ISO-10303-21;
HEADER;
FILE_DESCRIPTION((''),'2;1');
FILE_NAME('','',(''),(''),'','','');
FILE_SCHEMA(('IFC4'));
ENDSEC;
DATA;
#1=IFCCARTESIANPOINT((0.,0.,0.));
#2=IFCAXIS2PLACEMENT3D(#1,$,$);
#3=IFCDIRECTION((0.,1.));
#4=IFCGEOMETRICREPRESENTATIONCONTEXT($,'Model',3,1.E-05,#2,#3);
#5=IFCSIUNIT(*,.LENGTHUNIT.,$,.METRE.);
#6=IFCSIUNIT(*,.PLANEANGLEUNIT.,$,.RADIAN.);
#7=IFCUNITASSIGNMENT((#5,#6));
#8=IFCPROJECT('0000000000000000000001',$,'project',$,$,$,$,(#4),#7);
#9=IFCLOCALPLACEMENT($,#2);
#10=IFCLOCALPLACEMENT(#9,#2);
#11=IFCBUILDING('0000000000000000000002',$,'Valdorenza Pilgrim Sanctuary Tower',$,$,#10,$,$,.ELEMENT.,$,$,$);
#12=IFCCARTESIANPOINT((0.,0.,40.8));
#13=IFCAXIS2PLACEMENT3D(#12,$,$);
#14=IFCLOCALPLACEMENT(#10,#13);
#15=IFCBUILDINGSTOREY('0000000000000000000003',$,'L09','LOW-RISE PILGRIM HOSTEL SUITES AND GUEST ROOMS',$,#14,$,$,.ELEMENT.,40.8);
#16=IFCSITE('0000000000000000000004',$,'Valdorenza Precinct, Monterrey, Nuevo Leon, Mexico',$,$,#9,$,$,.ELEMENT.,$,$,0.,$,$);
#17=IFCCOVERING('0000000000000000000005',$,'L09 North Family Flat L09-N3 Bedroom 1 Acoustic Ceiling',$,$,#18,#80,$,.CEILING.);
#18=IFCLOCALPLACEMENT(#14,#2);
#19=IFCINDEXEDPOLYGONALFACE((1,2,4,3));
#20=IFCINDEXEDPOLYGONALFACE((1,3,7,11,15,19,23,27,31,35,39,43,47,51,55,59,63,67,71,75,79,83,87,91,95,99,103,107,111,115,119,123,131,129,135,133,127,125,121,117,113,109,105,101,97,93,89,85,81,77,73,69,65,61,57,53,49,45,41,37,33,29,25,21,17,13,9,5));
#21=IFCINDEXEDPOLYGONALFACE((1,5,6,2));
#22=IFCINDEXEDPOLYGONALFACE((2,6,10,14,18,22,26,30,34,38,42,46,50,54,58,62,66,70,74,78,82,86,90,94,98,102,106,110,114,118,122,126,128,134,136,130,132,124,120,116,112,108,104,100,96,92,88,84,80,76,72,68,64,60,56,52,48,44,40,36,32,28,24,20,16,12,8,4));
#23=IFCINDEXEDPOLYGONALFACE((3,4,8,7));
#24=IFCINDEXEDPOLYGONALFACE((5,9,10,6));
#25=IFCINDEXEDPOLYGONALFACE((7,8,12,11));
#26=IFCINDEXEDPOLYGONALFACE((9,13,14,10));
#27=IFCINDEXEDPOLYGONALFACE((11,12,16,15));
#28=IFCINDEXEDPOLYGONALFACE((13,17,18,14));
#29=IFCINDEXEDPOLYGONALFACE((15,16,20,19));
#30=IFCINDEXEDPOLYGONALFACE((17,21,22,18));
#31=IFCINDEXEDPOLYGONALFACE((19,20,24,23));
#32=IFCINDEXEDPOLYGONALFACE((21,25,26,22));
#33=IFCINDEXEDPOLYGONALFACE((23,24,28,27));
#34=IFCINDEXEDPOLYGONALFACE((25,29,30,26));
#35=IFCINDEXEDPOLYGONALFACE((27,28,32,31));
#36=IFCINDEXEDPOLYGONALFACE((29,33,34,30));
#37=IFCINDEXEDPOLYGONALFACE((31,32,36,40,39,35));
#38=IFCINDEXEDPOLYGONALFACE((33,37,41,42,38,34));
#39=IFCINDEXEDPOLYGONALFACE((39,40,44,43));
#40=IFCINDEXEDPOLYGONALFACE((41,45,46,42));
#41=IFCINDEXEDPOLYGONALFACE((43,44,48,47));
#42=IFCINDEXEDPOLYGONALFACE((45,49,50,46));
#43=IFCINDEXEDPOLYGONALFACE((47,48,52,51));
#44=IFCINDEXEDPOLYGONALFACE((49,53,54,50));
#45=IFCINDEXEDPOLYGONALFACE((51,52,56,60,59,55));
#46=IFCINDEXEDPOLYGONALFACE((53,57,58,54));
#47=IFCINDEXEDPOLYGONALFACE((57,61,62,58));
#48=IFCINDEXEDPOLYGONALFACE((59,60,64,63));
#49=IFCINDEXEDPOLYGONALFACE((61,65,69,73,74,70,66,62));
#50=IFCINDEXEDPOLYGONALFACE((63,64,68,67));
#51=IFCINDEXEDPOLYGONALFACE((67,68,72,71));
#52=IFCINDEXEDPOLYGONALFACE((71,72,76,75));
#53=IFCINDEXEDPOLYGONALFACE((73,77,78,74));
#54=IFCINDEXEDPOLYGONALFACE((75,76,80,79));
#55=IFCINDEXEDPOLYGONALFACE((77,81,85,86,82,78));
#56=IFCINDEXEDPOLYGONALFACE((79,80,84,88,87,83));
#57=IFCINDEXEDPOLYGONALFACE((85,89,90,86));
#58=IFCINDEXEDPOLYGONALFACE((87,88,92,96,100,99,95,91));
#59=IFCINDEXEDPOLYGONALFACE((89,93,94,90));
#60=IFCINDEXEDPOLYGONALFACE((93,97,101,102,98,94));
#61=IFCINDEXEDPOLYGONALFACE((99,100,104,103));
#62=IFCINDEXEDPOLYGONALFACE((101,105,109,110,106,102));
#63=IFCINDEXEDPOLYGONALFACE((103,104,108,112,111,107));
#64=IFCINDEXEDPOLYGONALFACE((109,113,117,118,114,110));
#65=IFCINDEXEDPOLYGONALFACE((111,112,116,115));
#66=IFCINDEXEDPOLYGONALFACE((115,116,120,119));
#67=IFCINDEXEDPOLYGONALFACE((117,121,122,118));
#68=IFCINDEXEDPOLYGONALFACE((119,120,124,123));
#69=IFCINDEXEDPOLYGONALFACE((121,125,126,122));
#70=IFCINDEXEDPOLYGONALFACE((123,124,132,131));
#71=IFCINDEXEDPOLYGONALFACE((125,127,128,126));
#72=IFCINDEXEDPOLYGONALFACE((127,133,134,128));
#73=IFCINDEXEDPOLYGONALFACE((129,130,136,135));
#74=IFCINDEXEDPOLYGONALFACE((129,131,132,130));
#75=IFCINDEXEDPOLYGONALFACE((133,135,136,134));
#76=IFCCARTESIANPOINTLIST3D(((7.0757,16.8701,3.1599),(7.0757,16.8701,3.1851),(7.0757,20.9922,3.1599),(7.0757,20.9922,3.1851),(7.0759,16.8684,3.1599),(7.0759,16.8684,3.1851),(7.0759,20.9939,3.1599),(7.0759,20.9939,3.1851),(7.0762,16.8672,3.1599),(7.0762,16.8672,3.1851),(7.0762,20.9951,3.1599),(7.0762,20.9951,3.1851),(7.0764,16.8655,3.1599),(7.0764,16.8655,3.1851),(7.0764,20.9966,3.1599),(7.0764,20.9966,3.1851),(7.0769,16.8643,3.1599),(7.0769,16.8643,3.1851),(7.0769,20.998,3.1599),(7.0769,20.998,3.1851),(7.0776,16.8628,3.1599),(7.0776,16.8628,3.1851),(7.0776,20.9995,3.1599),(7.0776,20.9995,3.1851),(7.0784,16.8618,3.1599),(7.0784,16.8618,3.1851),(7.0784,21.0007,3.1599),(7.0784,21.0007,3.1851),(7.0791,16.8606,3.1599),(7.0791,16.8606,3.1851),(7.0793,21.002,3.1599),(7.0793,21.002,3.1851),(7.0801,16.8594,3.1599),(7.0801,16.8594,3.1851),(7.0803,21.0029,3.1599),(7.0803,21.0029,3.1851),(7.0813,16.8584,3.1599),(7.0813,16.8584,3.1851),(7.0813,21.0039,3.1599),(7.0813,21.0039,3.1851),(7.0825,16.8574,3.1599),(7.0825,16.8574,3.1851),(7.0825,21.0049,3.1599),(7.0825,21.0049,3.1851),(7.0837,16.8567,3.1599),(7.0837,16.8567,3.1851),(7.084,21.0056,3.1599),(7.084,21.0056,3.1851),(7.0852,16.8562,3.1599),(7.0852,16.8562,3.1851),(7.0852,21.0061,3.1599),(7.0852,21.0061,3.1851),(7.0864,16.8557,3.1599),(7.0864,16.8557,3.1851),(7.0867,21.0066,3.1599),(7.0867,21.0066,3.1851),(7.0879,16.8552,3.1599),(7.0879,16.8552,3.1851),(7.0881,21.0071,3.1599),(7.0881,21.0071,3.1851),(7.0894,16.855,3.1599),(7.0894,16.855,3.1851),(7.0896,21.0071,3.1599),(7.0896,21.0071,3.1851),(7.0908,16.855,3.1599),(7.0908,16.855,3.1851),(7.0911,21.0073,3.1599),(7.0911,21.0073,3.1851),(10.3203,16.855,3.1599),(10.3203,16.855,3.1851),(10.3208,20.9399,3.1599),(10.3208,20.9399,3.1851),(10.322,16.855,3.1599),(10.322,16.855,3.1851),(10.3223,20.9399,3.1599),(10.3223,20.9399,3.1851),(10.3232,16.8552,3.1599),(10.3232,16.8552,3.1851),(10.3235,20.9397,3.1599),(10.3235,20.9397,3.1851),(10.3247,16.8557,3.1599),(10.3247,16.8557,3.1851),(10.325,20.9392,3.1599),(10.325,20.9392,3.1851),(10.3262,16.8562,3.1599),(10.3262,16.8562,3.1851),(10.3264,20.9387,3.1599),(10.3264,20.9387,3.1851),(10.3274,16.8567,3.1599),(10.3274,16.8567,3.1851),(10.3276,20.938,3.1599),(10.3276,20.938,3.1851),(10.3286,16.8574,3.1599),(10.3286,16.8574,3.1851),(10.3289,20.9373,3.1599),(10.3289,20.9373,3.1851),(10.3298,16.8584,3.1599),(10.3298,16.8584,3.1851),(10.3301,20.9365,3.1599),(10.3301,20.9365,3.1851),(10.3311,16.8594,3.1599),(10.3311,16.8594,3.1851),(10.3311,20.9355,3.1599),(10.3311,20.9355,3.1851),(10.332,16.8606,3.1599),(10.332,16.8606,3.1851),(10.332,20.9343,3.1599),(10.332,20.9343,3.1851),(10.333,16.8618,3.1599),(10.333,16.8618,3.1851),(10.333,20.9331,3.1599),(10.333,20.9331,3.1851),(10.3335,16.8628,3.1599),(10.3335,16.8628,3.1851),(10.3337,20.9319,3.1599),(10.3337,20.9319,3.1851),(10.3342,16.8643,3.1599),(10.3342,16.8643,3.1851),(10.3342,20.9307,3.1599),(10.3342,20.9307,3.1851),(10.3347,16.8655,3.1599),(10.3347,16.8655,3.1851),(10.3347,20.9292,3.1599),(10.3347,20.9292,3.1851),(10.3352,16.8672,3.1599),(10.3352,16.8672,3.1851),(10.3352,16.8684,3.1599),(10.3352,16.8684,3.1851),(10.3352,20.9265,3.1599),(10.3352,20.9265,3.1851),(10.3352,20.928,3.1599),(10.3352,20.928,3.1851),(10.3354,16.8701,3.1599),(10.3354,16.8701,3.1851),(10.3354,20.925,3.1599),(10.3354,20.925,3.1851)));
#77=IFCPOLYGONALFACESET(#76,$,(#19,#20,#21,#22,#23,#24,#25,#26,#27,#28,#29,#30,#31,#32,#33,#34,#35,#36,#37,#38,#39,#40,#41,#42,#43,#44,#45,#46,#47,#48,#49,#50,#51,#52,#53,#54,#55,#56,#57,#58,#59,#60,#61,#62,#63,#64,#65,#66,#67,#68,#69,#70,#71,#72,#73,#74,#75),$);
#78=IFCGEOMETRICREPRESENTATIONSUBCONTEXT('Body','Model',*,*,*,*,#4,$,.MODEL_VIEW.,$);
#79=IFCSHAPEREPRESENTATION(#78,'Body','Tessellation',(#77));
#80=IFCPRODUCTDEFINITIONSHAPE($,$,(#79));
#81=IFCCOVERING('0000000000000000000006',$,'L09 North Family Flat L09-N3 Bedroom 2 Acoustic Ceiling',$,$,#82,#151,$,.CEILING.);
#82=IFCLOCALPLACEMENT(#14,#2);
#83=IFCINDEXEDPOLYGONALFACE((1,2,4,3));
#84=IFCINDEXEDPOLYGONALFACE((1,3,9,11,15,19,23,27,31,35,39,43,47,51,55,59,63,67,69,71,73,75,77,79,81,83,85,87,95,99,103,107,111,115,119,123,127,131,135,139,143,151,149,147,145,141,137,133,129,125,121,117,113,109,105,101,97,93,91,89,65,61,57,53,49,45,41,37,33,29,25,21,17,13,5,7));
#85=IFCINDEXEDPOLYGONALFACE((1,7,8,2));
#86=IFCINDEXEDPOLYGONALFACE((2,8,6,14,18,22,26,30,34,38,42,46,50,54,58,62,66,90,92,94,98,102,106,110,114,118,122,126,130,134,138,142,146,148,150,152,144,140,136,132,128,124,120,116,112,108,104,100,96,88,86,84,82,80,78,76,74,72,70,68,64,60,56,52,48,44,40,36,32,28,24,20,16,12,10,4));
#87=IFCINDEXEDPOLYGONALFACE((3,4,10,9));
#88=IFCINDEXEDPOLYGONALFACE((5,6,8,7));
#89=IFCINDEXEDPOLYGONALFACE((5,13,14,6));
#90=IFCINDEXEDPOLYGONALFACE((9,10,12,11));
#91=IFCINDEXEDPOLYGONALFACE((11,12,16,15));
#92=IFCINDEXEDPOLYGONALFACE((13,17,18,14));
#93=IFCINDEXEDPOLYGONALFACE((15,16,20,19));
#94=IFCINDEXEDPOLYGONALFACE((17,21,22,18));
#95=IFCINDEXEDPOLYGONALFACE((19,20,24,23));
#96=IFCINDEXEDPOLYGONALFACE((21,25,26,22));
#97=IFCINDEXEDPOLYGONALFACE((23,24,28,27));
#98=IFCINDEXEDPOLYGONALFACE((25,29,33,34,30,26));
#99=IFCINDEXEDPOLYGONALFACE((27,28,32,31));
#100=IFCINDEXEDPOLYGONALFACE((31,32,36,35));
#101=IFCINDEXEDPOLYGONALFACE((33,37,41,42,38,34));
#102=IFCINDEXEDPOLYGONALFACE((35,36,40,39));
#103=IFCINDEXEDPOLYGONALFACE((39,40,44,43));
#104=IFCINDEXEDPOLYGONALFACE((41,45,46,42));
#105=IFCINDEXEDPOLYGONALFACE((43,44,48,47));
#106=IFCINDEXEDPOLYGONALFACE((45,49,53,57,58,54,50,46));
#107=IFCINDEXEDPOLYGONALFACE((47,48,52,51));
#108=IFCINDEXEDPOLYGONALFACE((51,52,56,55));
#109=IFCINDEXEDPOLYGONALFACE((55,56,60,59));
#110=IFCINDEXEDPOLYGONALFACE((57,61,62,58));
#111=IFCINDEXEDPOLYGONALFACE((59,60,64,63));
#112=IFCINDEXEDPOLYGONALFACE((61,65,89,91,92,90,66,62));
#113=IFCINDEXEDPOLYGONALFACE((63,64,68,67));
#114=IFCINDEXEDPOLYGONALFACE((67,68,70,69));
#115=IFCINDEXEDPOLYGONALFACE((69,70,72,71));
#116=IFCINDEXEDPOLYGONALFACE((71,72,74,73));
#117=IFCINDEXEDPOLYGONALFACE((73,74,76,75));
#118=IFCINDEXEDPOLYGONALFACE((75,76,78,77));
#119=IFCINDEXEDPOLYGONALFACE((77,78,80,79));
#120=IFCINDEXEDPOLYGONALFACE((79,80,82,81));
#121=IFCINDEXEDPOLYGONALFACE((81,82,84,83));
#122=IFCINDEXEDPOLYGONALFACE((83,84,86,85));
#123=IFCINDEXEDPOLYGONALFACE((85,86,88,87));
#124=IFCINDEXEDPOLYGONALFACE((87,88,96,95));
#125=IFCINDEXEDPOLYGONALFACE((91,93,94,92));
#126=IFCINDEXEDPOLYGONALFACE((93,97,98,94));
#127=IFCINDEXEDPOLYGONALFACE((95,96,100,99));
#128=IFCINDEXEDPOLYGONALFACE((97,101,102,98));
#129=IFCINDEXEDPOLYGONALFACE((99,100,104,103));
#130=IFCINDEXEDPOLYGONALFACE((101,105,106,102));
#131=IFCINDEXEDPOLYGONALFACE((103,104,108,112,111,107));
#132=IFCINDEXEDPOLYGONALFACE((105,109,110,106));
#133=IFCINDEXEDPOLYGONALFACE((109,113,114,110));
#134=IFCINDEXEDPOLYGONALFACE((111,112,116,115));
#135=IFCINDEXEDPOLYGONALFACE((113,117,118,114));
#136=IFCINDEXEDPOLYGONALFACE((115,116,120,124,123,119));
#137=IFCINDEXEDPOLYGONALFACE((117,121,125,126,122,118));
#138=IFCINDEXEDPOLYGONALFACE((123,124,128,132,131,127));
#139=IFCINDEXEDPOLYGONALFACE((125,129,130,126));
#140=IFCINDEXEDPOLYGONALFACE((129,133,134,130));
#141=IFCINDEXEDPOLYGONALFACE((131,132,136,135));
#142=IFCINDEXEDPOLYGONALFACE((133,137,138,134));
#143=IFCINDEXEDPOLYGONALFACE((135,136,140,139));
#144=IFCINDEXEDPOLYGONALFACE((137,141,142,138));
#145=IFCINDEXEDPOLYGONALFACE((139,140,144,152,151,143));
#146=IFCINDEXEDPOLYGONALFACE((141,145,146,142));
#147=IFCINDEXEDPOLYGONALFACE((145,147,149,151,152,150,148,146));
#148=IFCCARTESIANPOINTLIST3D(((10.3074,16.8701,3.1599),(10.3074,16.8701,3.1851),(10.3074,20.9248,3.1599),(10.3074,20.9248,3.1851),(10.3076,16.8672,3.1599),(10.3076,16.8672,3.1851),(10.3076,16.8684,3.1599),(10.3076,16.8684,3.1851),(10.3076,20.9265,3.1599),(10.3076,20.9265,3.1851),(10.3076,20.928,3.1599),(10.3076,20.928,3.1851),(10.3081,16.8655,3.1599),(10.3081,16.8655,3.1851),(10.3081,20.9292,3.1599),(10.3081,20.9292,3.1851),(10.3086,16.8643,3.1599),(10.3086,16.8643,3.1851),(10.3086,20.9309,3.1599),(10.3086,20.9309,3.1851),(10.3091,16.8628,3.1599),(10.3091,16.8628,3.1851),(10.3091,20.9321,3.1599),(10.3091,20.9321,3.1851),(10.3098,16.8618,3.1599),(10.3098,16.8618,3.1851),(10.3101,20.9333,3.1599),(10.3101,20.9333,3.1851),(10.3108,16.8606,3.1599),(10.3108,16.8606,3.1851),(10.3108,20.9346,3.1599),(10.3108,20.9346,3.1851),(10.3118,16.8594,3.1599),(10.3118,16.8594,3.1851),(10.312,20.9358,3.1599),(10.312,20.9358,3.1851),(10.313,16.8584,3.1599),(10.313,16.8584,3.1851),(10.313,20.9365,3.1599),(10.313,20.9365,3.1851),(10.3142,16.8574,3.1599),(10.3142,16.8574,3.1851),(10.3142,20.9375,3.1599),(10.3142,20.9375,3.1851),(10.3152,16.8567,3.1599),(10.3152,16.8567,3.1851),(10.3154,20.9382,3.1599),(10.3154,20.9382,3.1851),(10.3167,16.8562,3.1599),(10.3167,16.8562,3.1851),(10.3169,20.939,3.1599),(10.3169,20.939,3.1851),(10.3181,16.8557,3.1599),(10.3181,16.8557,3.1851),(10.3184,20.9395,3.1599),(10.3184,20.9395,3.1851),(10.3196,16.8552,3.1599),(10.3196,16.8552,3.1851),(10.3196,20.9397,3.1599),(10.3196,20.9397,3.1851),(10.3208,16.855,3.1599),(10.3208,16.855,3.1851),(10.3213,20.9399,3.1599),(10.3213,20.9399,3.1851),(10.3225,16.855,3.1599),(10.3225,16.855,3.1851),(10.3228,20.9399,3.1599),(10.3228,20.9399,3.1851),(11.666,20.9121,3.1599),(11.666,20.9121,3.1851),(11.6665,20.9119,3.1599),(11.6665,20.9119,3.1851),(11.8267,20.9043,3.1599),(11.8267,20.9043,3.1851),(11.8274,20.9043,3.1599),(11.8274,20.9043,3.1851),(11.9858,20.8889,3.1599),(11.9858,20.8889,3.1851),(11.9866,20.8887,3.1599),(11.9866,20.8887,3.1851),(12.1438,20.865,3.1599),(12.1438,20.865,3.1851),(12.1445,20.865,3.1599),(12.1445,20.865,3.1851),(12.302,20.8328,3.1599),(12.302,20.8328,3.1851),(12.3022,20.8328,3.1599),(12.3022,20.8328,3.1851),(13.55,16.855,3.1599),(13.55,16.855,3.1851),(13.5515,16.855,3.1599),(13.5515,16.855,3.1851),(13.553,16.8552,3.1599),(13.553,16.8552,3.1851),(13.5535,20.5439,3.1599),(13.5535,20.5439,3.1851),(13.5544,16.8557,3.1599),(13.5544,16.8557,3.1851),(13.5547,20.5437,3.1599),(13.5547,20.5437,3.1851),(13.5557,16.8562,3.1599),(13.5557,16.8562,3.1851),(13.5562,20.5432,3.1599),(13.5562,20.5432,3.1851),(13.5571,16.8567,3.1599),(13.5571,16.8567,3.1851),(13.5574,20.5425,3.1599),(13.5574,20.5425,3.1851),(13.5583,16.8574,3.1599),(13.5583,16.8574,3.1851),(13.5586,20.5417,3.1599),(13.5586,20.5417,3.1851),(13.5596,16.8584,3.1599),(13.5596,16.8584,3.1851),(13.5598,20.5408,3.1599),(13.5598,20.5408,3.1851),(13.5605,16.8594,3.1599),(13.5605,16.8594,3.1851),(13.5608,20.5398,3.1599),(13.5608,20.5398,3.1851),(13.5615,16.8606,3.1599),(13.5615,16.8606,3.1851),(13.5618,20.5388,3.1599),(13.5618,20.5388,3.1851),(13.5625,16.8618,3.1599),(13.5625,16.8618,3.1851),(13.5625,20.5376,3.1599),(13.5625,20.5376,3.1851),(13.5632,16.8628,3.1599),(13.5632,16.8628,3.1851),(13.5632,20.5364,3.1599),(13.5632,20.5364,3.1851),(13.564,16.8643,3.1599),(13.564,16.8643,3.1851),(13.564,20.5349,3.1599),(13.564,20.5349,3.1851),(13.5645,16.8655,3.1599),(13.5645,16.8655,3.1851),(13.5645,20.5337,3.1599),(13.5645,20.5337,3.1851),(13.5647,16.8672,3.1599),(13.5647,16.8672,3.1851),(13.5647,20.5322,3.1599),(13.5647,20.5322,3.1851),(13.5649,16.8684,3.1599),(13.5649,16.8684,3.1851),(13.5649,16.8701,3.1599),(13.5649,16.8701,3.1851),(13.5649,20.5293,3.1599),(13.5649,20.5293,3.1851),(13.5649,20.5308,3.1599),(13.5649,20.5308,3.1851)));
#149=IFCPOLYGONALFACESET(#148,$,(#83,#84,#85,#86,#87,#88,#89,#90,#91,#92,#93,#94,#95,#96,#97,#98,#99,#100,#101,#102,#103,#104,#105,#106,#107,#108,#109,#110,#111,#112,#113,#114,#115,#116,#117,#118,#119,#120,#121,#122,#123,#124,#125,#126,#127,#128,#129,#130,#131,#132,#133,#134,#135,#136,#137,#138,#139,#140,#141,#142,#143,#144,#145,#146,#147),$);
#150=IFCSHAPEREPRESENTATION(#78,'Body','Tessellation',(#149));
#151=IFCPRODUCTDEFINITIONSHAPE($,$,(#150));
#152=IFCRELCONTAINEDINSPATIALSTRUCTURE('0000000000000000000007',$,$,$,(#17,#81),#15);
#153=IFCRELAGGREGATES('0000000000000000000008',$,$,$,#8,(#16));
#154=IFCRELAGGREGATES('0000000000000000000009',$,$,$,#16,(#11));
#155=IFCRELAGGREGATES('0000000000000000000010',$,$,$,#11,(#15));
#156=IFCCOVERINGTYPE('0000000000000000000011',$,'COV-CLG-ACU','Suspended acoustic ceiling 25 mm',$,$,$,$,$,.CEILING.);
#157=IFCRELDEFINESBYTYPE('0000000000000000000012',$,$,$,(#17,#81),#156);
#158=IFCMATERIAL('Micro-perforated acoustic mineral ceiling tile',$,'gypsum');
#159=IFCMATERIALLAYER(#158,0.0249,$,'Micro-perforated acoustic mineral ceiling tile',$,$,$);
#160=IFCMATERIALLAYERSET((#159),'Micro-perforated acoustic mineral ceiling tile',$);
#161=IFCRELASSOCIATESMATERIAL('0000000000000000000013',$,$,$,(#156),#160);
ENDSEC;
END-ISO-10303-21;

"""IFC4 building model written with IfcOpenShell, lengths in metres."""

from ifc_helpers import new_model, si_unit, direction, frame, origin, place, context, subcontext, project, spatial, polyline, outline, extrude, material, layer, layer_set, type_object, element, save


model = new_model("IFC4")

# Units and contexts
model_context = context("Model", 3, precision=1e-05, world=origin(), true_north=direction((0.0, 1.0)))
body_context = subcontext(model_context, "Body", "Model", "MODEL_VIEW")
ifc_project = project(units=[si_unit("LENGTHUNIT", "METRE"), si_unit("PLANEANGLEUNIT", "RADIAN")], contexts=[model_context])

# Site, building, storey
site_placement = place(None, origin())
site = spatial("IfcSite", under=ifc_project, at=site_placement, Name="Valdorenza Precinct, Monterrey, Nuevo Leon, Mexico", CompositionType="ELEMENT", RefElevation=0.0)
building_placement = place(site_placement, origin())
building = spatial("IfcBuilding", under=site, at=building_placement, Name="Valdorenza Pilgrim Sanctuary Tower", CompositionType="ELEMENT")
storey_placement = place(building_placement, frame((0.0, 0.0, 40.8)))
storey = spatial("IfcBuildingStorey", under=building, at=storey_placement, Name="L09", Description="LOW-RISE PILGRIM HOSTEL SUITES AND GUEST ROOMS", CompositionType="ELEMENT", Elevation=40.8)

# Coverings
ifc_material_1 = material(Name="Micro-perforated acoustic mineral ceiling tile", Category="gypsum")
ifc_layer_1 = layer(ifc_material_1, 0.0249, Name="Micro-perforated acoustic mineral ceiling tile")
ifc_layer_set_1 = layer_set([ifc_layer_1], Name="Micro-perforated acoustic mineral ceiling tile")
covering_type_1 = type_object("IfcCoveringType", Name="COV-CLG-ACU", Description="Suspended acoustic ceiling 25 mm", PredefinedType="CEILING", material=ifc_layer_set_1)
covering_1_placement = place(storey_placement, frame((0.0, 0.0, 3.1599)))
element("IfcCovering", 1, at=covering_1_placement, inside=storey, type_object=covering_type_1, Name="L09 North Family Flat L09-N3 Bedroom 1 Acoustic Ceiling", PredefinedType="CEILING", context=body_context, shape_type="SweptSolid", body=[
    extrude(outline(polyline([(7.0908, 16.855), (7.0894, 16.855), (7.0879, 16.8552), (7.0864, 16.8557), (7.0852, 16.8562), (7.0837, 16.8567), (7.0825, 16.8574), (7.0813, 16.8584), (7.0801, 16.8594), (7.0791, 16.8606), (7.0784, 16.8618), (7.0776, 16.8628), (7.0769, 16.8643), (7.0764, 16.8655), (7.0762, 16.8672), (7.0759, 16.8684), (7.0757, 16.8701), (7.0757, 20.9922), (7.0759, 20.9939), (7.0762, 20.9951), (7.0764, 20.9966), (7.0769, 20.998), (7.0776, 20.9995), (7.0784, 21.0007), (7.0793, 21.002), (7.0803, 21.0029), (7.0813, 21.0039), (7.0825, 21.0049), (7.084, 21.0056), (7.0852, 21.0061), (7.0867, 21.0066), (7.0881, 21.0071), (7.0896, 21.0071), (7.0911, 21.0073), (10.3208, 20.9399), (10.3223, 20.9399), (10.3235, 20.9397), (10.325, 20.9392), (10.3264, 20.9387), (10.3276, 20.938), (10.3289, 20.9373), (10.3301, 20.9365), (10.3311, 20.9355), (10.332, 20.9343), (10.333, 20.9331), (10.3337, 20.9319), (10.3342, 20.9307), (10.3347, 20.9292), (10.3352, 20.928), (10.3352, 20.9265), (10.3354, 20.925), (10.3354, 16.8701), (10.3352, 16.8684), (10.3352, 16.8672), (10.3347, 16.8655), (10.3342, 16.8643), (10.3335, 16.8628), (10.333, 16.8618), (10.332, 16.8606), (10.3311, 16.8594), (10.3298, 16.8584), (10.3286, 16.8574), (10.3274, 16.8567), (10.3262, 16.8562), (10.3247, 16.8557), (10.3232, 16.8552), (10.322, 16.855), (10.3203, 16.855), (7.0908, 16.855)])), origin(), (0.0, 0.0, 1.0), 0.0251),
])
covering_2_placement = place(storey_placement, frame((0.0, 0.0, 3.1599)))
element("IfcCovering", 2, at=covering_2_placement, inside=storey, type_object=covering_type_1, Name="L09 North Family Flat L09-N3 Bedroom 2 Acoustic Ceiling", PredefinedType="CEILING", context=body_context, shape_type="SweptSolid", body=[
    extrude(outline(polyline([(10.3225, 16.855), (10.3208, 16.855), (10.3196, 16.8552), (10.3181, 16.8557), (10.3167, 16.8562), (10.3152, 16.8567), (10.3142, 16.8574), (10.313, 16.8584), (10.3118, 16.8594), (10.3108, 16.8606), (10.3098, 16.8618), (10.3091, 16.8628), (10.3086, 16.8643), (10.3081, 16.8655), (10.3076, 16.8672), (10.3076, 16.8684), (10.3074, 16.8701), (10.3074, 20.9248), (10.3076, 20.9265), (10.3076, 20.928), (10.3081, 20.9292), (10.3086, 20.9309), (10.3091, 20.9321), (10.3101, 20.9333), (10.3108, 20.9346), (10.312, 20.9358), (10.313, 20.9365), (10.3142, 20.9375), (10.3154, 20.9382), (10.3169, 20.939), (10.3184, 20.9395), (10.3196, 20.9397), (10.3213, 20.9399), (10.3228, 20.9399), (11.666, 20.9121), (11.6665, 20.9119), (11.8267, 20.9043), (11.8274, 20.9043), (11.9858, 20.8889), (11.9866, 20.8887), (12.1438, 20.865), (12.1445, 20.865), (12.302, 20.8328), (12.3022, 20.8328), (13.5535, 20.5439), (13.5547, 20.5437), (13.5562, 20.5432), (13.5574, 20.5425), (13.5586, 20.5417), (13.5598, 20.5408), (13.5608, 20.5398), (13.5618, 20.5388), (13.5625, 20.5376), (13.5632, 20.5364), (13.564, 20.5349), (13.5645, 20.5337), (13.5647, 20.5322), (13.5649, 20.5308), (13.5649, 20.5293), (13.5649, 16.8701), (13.5649, 16.8684), (13.5647, 16.8672), (13.5645, 16.8655), (13.564, 16.8643), (13.5632, 16.8628), (13.5625, 16.8618), (13.5615, 16.8606), (13.5605, 16.8594), (13.5596, 16.8584), (13.5583, 16.8574), (13.5571, 16.8567), (13.5557, 16.8562), (13.5544, 16.8557), (13.553, 16.8552), (13.5515, 16.855), (13.55, 16.855), (10.3225, 16.855)])), origin(), (0.0, 0.0, 1.0), 0.0251),
])

save(model, "model.ifc")
